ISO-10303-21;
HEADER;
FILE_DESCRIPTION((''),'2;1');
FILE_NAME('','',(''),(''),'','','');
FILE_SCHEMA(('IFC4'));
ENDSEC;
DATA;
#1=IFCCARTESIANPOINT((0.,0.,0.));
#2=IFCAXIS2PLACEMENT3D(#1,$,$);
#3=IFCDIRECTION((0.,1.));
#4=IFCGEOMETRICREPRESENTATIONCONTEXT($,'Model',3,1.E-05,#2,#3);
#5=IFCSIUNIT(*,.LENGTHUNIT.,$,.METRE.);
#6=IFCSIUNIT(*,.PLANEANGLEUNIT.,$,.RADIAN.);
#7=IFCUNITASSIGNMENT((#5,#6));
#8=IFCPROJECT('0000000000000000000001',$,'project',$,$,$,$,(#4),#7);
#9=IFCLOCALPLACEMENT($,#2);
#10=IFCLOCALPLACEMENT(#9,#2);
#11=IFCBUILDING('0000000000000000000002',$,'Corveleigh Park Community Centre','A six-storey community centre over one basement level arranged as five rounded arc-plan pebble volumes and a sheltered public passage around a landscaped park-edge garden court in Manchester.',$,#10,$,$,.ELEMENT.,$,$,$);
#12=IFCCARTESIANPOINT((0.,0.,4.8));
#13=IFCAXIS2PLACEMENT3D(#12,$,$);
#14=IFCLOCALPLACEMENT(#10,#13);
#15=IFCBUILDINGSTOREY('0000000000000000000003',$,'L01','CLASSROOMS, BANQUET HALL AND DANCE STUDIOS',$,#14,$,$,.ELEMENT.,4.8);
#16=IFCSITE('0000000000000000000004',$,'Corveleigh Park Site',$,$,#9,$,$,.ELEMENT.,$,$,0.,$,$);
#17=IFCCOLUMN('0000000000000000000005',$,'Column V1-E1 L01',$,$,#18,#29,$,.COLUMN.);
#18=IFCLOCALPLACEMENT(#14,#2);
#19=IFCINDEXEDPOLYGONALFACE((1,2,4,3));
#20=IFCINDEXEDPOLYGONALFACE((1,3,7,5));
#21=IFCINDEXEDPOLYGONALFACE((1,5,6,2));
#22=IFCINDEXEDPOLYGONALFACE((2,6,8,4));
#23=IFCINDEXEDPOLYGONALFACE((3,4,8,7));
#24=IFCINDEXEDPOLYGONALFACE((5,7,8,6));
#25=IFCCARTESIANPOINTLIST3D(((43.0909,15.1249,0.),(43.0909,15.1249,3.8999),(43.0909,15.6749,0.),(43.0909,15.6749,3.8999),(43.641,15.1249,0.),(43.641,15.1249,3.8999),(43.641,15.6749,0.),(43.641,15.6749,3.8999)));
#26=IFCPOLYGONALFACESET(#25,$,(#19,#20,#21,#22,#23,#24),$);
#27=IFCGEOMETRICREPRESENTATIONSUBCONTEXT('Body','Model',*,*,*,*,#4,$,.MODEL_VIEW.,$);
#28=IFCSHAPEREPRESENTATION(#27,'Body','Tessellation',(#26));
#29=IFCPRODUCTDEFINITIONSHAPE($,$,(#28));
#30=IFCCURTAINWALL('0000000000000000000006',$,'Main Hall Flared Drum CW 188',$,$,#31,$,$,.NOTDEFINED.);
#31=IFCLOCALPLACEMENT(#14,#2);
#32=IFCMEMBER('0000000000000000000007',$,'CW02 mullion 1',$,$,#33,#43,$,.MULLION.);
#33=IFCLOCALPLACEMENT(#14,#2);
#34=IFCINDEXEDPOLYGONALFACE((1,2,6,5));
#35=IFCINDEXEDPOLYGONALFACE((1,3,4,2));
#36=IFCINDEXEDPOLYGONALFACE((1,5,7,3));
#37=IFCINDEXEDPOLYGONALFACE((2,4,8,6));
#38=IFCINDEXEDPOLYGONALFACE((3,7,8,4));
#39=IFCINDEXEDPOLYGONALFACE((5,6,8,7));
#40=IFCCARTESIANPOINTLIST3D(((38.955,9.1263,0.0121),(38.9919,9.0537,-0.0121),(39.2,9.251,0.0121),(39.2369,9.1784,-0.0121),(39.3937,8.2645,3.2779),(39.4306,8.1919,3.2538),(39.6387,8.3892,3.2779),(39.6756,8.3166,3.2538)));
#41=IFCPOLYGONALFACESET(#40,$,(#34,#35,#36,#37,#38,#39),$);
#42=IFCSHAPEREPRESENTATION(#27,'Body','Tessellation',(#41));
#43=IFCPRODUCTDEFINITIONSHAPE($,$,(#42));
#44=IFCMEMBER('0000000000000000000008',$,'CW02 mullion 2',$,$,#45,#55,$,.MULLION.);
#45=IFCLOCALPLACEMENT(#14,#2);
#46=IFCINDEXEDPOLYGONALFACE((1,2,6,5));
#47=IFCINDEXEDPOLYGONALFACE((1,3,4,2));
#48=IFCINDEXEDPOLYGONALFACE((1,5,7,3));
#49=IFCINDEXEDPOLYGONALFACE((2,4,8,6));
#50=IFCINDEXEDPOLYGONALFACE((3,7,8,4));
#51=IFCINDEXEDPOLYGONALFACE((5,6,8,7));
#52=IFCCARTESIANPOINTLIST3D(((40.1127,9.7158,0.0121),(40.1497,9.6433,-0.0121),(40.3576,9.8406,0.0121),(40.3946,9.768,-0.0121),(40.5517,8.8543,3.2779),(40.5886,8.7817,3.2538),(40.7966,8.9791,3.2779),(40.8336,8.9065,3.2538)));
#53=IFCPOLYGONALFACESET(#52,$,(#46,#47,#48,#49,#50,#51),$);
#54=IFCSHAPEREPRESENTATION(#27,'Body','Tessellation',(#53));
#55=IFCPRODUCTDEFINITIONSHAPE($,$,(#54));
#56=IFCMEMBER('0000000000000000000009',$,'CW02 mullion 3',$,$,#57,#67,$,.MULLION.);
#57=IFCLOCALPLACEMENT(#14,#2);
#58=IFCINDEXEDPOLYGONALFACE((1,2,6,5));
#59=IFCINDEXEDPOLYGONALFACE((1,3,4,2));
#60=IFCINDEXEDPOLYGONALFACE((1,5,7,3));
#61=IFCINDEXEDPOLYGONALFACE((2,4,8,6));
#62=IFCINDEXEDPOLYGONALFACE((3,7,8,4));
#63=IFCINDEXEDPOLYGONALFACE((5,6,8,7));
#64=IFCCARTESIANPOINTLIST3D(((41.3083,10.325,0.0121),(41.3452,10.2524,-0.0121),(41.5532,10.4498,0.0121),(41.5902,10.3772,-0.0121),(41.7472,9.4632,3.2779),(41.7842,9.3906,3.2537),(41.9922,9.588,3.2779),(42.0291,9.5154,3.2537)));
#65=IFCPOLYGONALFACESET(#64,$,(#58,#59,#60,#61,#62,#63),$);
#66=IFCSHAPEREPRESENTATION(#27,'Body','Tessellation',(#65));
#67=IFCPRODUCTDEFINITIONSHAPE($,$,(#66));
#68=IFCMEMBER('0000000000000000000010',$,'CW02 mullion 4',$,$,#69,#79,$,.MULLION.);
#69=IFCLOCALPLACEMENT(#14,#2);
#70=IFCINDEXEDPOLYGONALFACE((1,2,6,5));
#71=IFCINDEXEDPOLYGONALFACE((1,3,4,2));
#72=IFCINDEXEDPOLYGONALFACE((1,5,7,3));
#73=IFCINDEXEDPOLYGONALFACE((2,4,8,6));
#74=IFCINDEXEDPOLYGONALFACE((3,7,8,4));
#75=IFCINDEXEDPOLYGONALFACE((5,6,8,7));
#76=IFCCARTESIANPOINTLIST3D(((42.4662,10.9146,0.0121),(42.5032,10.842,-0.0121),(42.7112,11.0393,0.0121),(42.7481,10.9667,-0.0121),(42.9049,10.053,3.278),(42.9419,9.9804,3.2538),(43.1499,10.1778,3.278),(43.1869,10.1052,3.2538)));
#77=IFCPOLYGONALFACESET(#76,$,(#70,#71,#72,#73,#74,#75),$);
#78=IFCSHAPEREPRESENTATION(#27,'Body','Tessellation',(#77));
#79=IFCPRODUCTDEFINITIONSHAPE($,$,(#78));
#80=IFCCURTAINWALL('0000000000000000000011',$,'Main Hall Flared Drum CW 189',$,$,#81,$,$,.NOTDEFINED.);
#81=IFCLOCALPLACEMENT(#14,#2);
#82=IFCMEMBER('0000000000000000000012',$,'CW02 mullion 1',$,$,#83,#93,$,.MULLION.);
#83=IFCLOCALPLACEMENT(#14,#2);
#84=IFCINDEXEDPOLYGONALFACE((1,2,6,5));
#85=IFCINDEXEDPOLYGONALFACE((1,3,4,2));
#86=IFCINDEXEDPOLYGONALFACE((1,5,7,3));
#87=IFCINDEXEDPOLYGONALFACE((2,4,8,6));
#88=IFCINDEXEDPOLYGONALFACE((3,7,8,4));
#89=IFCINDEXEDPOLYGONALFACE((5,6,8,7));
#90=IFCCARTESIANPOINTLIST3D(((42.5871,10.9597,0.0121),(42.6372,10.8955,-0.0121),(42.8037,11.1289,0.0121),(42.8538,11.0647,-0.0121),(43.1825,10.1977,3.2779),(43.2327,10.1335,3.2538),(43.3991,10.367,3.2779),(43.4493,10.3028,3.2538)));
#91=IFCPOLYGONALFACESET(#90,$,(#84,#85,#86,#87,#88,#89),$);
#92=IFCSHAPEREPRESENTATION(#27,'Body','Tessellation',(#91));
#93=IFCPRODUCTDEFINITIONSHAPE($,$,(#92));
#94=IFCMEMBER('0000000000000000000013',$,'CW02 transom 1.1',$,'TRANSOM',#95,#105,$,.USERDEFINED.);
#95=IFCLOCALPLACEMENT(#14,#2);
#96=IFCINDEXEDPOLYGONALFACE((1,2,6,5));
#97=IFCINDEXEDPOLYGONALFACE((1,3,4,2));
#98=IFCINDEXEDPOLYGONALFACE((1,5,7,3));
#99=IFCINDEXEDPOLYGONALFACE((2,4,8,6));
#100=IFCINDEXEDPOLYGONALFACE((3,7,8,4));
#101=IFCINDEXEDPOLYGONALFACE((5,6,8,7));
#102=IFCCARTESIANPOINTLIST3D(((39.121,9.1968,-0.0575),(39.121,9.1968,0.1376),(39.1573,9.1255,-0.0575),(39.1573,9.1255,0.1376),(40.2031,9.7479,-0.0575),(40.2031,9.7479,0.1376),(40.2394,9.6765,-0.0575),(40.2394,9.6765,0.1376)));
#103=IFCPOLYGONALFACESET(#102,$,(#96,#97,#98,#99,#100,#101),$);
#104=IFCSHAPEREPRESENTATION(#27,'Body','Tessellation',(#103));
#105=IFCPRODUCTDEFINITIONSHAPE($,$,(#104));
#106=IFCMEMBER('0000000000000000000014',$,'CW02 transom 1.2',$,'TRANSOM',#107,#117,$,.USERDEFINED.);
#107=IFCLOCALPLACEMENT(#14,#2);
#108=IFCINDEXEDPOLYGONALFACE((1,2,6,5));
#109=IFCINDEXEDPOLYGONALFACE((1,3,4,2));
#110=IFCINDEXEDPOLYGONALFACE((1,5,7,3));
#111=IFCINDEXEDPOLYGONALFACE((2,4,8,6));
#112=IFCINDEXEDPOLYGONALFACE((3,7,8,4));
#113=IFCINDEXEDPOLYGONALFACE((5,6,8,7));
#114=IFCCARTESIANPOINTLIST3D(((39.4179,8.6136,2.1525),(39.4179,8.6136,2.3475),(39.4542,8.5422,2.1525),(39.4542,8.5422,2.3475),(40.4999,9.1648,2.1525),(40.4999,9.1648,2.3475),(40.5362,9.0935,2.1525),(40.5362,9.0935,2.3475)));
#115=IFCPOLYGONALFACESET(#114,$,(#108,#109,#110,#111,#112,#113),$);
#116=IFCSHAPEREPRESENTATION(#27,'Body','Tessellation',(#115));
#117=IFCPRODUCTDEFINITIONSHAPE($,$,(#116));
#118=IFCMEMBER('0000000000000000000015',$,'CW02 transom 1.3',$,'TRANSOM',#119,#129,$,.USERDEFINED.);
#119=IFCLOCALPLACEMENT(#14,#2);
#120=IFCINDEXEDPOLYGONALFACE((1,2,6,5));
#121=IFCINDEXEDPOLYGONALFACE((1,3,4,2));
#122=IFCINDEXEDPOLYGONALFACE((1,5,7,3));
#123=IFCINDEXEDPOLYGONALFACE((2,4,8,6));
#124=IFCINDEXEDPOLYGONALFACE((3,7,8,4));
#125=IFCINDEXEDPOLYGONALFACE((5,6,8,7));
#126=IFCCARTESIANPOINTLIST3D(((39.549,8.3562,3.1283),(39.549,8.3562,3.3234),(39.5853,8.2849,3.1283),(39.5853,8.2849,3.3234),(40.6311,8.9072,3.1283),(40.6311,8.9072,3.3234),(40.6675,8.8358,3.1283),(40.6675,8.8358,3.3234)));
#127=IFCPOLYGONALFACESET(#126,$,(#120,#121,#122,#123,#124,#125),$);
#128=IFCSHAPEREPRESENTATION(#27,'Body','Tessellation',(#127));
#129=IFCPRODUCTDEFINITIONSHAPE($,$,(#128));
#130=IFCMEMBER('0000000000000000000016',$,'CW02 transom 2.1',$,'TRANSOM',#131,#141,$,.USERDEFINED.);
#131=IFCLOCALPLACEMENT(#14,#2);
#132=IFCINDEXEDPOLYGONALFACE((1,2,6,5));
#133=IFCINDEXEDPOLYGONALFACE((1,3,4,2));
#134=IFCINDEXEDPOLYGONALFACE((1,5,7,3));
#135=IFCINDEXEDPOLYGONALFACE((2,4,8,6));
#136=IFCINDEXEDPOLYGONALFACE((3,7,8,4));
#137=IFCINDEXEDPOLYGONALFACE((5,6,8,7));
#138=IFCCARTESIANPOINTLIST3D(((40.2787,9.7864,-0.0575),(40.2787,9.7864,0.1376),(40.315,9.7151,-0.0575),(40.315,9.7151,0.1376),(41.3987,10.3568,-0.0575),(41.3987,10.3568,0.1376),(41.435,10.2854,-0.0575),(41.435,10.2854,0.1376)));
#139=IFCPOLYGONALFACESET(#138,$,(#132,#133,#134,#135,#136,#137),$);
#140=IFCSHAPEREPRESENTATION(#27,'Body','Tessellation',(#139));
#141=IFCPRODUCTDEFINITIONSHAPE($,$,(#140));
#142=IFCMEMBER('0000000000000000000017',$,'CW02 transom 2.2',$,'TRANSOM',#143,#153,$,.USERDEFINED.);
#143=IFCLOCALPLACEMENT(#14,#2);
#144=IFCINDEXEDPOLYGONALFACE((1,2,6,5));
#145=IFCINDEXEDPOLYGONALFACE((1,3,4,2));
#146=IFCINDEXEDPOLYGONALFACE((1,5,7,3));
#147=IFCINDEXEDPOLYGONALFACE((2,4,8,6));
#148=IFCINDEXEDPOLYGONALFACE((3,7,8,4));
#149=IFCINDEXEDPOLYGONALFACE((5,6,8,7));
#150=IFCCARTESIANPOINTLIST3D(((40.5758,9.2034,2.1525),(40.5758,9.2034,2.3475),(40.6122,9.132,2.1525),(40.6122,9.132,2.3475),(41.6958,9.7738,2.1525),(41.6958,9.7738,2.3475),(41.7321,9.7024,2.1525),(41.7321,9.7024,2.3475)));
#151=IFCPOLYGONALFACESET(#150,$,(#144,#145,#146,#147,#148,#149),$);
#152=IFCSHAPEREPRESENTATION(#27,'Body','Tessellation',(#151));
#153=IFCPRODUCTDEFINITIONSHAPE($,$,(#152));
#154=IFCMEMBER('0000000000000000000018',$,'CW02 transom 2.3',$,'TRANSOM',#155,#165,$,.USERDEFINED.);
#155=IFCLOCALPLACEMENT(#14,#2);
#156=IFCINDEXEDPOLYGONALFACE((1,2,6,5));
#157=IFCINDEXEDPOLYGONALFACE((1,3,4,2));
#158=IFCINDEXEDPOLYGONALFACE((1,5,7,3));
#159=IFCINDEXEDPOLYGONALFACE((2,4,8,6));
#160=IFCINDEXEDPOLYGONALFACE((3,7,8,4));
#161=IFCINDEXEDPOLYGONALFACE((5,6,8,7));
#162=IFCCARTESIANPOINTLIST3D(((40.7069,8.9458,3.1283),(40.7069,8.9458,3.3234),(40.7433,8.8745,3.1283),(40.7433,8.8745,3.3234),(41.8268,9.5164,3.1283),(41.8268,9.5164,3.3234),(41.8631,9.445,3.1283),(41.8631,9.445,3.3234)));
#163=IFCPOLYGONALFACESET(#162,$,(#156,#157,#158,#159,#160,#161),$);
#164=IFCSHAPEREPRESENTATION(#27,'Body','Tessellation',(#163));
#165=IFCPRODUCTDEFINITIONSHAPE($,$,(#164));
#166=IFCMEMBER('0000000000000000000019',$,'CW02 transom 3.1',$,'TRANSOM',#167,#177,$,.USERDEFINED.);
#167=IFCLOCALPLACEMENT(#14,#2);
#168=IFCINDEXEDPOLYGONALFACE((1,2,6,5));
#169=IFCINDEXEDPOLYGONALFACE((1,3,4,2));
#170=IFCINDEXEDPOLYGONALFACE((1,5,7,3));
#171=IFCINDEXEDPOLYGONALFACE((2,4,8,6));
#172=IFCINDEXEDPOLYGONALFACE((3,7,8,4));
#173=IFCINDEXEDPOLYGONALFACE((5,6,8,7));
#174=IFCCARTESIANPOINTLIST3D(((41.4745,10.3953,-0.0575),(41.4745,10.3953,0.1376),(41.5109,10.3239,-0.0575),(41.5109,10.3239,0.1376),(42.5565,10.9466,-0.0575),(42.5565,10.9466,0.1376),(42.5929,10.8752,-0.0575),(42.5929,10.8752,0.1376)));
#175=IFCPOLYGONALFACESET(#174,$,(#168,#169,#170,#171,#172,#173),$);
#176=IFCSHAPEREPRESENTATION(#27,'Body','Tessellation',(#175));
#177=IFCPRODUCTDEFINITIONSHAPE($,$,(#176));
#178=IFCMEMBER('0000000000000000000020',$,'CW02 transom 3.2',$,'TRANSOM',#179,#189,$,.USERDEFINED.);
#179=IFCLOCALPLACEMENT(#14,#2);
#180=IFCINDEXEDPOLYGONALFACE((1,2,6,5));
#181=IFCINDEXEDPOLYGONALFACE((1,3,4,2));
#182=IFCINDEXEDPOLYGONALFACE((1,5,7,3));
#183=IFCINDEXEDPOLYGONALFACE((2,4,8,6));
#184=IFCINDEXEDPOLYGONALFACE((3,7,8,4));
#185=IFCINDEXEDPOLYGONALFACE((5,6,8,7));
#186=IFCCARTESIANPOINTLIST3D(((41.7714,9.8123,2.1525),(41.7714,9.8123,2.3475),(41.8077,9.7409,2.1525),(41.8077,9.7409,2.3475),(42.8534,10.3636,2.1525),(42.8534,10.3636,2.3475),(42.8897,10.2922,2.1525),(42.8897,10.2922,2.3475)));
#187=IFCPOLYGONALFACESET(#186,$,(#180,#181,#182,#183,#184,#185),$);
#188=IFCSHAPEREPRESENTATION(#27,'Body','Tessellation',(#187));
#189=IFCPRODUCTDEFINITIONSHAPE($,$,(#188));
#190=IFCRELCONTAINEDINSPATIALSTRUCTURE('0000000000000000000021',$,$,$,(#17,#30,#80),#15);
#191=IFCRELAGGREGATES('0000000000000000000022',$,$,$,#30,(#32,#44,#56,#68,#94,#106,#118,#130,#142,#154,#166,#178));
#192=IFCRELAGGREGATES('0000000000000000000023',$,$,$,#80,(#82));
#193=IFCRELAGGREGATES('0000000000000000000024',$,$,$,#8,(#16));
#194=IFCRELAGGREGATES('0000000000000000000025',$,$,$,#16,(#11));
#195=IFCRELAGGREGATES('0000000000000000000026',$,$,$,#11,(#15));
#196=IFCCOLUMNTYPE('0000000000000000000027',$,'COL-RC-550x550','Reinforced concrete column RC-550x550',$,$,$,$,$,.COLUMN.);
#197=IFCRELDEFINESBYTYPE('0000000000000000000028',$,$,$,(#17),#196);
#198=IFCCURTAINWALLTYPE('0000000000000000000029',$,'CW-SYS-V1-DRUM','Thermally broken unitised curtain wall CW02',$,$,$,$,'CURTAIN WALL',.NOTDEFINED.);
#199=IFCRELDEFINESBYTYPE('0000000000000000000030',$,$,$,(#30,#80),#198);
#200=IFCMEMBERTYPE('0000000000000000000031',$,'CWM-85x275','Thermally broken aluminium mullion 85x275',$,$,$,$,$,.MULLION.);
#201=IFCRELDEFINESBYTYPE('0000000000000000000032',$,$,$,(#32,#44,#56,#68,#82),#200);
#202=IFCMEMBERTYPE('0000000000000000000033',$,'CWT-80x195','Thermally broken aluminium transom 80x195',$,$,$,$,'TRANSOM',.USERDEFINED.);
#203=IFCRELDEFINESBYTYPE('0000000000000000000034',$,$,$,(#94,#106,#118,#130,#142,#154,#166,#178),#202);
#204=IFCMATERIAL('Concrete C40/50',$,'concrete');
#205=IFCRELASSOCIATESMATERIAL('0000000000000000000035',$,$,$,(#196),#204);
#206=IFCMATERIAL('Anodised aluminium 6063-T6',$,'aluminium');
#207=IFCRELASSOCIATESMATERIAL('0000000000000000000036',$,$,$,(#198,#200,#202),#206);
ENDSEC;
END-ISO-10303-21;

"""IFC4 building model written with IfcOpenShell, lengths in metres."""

from ifc_helpers import new_model, si_unit, direction, frame, origin, origin_2d, place, context, subcontext, project, spatial, rectangle, extrude, material, material_profile, profile_set, type_object, element, aggregate, save


model = new_model("IFC4")

# Units and contexts
model_context = context("Model", 3, precision=1e-05, world=origin(), true_north=direction((0.0, 1.0)))
body_context = subcontext(model_context, "Body", "Model", "MODEL_VIEW")
ifc_project = project(units=[si_unit("LENGTHUNIT", "METRE"), si_unit("PLANEANGLEUNIT", "RADIAN")], contexts=[model_context])

# Site, building, storey
site_placement = place(None, origin())
site = spatial("IfcSite", under=ifc_project, at=site_placement, Name="Corveleigh Park Site", CompositionType="ELEMENT", RefElevation=0.0)
building_placement = place(site_placement, origin())
building = spatial("IfcBuilding", under=site, at=building_placement, Name="Corveleigh Park Community Centre", Description="A six-storey community centre over one basement level arranged as five rounded arc-plan pebble volumes and a sheltered public passage around a landscaped park-edge garden court in Manchester.", CompositionType="ELEMENT")
storey_placement = place(building_placement, frame((0.0, 0.0, 4.8)))
storey = spatial("IfcBuildingStorey", under=building, at=storey_placement, Name="L01", Description="CLASSROOMS, BANQUET HALL AND DANCE STUDIOS", CompositionType="ELEMENT", Elevation=4.8)

# Column
ifc_material_1 = material(Name="Concrete C40/50", Category="concrete")
ifc_material_profile_1 = material_profile(ifc_material_1, rectangle(XDim=0.55, YDim=0.55, at=origin_2d()), Name="RC-550x550", Category="concrete")
ifc_profile_set_1 = profile_set([ifc_material_profile_1], Name="Concrete C40/50")
column_type = type_object("IfcColumnType", Name="COL-RC-550x550", Description="Reinforced concrete column RC-550x550", PredefinedType="COLUMN", material=ifc_profile_set_1)
column_placement = place(storey_placement, frame((43.366, 15.3999, 0.0), z_axis=(0.0, 0.0, 1.0), x_axis=(1.0, 0.0, 0.0)))
element("IfcColumn", 1, at=column_placement, inside=storey, type_object=column_type, Name="Column V1-E1 L01", PredefinedType="COLUMN", context=body_context, shape_type="SweptSolid", body=[
    extrude(rectangle(XDim=0.55, YDim=0.55, at=origin_2d()), origin(), (0.0, 0.0, 1.0), 3.8999),
])

# Curtain wall, members
ifc_material_2 = material(Name="Anodised aluminium 6063-T6", Category="aluminium")
curtain_wall_type = type_object("IfcCurtainWallType", Name="CW-SYS-V1-DRUM", Description="Thermally broken unitised curtain wall CW02", ElementType="CURTAIN WALL", PredefinedType="NOTDEFINED", material=ifc_material_2)
curtain_wall_1_placement = place(storey_placement, origin())
curtain_wall_1 = element("IfcCurtainWall", 2, at=curtain_wall_1_placement, inside=storey, type_object=curtain_wall_type, Name="Main Hall Flared Drum CW 188", PredefinedType="NOTDEFINED")
ifc_material_profile_2 = material_profile(ifc_material_2, rectangle(XDim=0.085, YDim=0.2749, at=origin_2d()), Name="ALU-M85x275", Category="aluminium")
ifc_profile_set_2 = profile_set([ifc_material_profile_2], Name="Anodised aluminium 6063-T6")
member_type_1 = type_object("IfcMemberType", Name="CWM-85x275", Description="Thermally broken aluminium mullion 85x275", PredefinedType="MULLION", material=ifc_profile_set_2)
member_1_placement = place(storey_placement, frame((39.0959, 9.1523, 0.0), z_axis=(0.128807, -0.253026, 0.958847), x_axis=(-0.434995, 0.854498, 0.283925)))
member_1 = element("IfcMember", 3, at=member_1_placement, type_object=member_type_1, Name="CW02 mullion 1", PredefinedType="MULLION", context=body_context, shape_type="SweptSolid", body=[
    extrude(rectangle(XDim=0.085, YDim=0.2749, at=origin_2d()), origin(), (0.0, 0.0, 1.0), 3.406),
])
member_2_placement = place(storey_placement, frame((40.2537, 9.7419, 0.0), z_axis=(0.12888, -0.252957, 0.958855), x_axis=(-0.435289, 0.854357, 0.283896)))
member_2 = element("IfcMember", 4, at=member_2_placement, type_object=member_type_1, Name="CW02 mullion 2", PredefinedType="MULLION", context=body_context, shape_type="SweptSolid", body=[
    extrude(rectangle(XDim=0.085, YDim=0.2749, at=origin_2d()), origin(), (0.0, 0.0, 1.0), 3.406),
])
member_3_placement = place(storey_placement, frame((41.4492, 10.3511, 0.0), z_axis=(0.128877, -0.253024, 0.958838), x_axis=(-0.435183, 0.854392, 0.283955)))
member_3 = element("IfcMember", 5, at=member_3_placement, type_object=member_type_1, Name="CW02 mullion 3", PredefinedType="MULLION", context=body_context, shape_type="SweptSolid", body=[
    extrude(rectangle(XDim=0.085, YDim=0.2749, at=origin_2d()), origin(), (0.0, 0.0, 1.0), 3.406),
])
member_4_placement = place(storey_placement, frame((42.6072, 10.9407, 0.0), z_axis=(0.128809, -0.252959, 0.958864), x_axis=(-0.435101, 0.854463, 0.283866)))
member_4 = element("IfcMember", 6, at=member_4_placement, type_object=member_type_1, Name="CW02 mullion 4", PredefinedType="MULLION", context=body_context, shape_type="SweptSolid", body=[
    extrude(rectangle(XDim=0.085, YDim=0.2749, at=origin_2d()), origin(), (0.0, 0.0, 1.0), 3.406),
])

# Curtain wall, member
curtain_wall_2_placement = place(storey_placement, origin())
curtain_wall_2 = element("IfcCurtainWall", 7, at=curtain_wall_2_placement, inside=storey, type_object=curtain_wall_type, Name="Main Hall Flared Drum CW 189", PredefinedType="NOTDEFINED")
member_5_placement = place(storey_placement, frame((42.7205, 11.0122, 0.0), z_axis=(0.174825, -0.22371, 0.958848), x_axis=(-0.590417, 0.755511, 0.283919)))
member_5 = element("IfcMember", 8, at=member_5_placement, type_object=member_type_1, Name="CW02 mullion 1", PredefinedType="MULLION", context=body_context, shape_type="SweptSolid", body=[
    extrude(rectangle(XDim=0.085, YDim=0.2749, at=origin_2d()), origin(), (0.0, 0.0, 1.0), 3.406),
])

# Members
ifc_material_profile_3 = material_profile(ifc_material_2, rectangle(XDim=0.0801, YDim=0.1951, at=origin_2d()), Name="ALU-T80x195", Category="aluminium")
ifc_profile_set_3 = profile_set([ifc_material_profile_3], Name="Anodised aluminium 6063-T6")
member_type_2 = type_object("IfcMemberType", Name="CWT-80x195", Description="Thermally broken aluminium transom 80x195", ElementType="TRANSOM", PredefinedType="USERDEFINED", material=ifc_profile_set_3)
member_6_placement = place(storey_placement, frame((39.1392, 9.1611, 0.04), z_axis=(0.891105, 0.453796, 0.0), x_axis=(-0.453796, 0.891105, 0.0)))
member_6 = element("IfcMember", 9, at=member_6_placement, type_object=member_type_2, Name="CW02 transom 1.1", ObjectType="TRANSOM", PredefinedType="USERDEFINED", context=body_context, shape_type="SweptSolid", body=[
    extrude(rectangle(XDim=0.0801, YDim=0.1951, at=origin_2d()), origin(), (0.0, 0.0, 1.0), 1.2144),
])
member_7_placement = place(storey_placement, frame((39.436, 8.5779, 2.25), z_axis=(0.891024, 0.453956, 0.0), x_axis=(-0.453956, 0.891024, 0.0)))
member_7 = element("IfcMember", 10, at=member_7_placement, type_object=member_type_2, Name="CW02 transom 1.2", ObjectType="TRANSOM", PredefinedType="USERDEFINED", context=body_context, shape_type="SweptSolid", body=[
    extrude(rectangle(XDim=0.0801, YDim=0.1951, at=origin_2d()), origin(), (0.0, 0.0, 1.0), 1.2144),
])
member_8_placement = place(storey_placement, frame((39.5671, 8.3206, 3.2258), z_axis=(0.891147, 0.453715, 0.0), x_axis=(-0.453715, 0.891147, 0.0)))
member_8 = element("IfcMember", 11, at=member_8_placement, type_object=member_type_2, Name="CW02 transom 1.3", ObjectType="TRANSOM", PredefinedType="USERDEFINED", context=body_context, shape_type="SweptSolid", body=[
    extrude(rectangle(XDim=0.0801, YDim=0.1951, at=origin_2d()), origin(), (0.0, 0.0, 1.0), 1.2144),
])
member_9_placement = place(storey_placement, frame((40.2969, 9.7507, 0.04), z_axis=(0.8911, 0.453806, 0.0), x_axis=(-0.453806, 0.8911, 0.0)))
member_9 = element("IfcMember", 12, at=member_9_placement, type_object=member_type_2, Name="CW02 transom 2.1", ObjectType="TRANSOM", PredefinedType="USERDEFINED", context=body_context, shape_type="SweptSolid", body=[
    extrude(rectangle(XDim=0.0801, YDim=0.1951, at=origin_2d()), origin(), (0.0, 0.0, 1.0), 1.2568),
])
member_10_placement = place(storey_placement, frame((40.594, 9.1677, 2.25), z_axis=(0.8911, 0.453806, 0.0), x_axis=(-0.453806, 0.8911, 0.0)))
member_10 = element("IfcMember", 13, at=member_10_placement, type_object=member_type_2, Name="CW02 transom 2.2", ObjectType="TRANSOM", PredefinedType="USERDEFINED", context=body_context, shape_type="SweptSolid", body=[
    extrude(rectangle(XDim=0.0801, YDim=0.1951, at=origin_2d()), origin(), (0.0, 0.0, 1.0), 1.2568),
])
member_11_placement = place(storey_placement, frame((40.7251, 8.9102, 3.2258), z_axis=(0.891022, 0.453961, 0.0), x_axis=(-0.453961, 0.891022, 0.0)))
member_11 = element("IfcMember", 14, at=member_11_placement, type_object=member_type_2, Name="CW02 transom 2.3", ObjectType="TRANSOM", PredefinedType="USERDEFINED", context=body_context, shape_type="SweptSolid", body=[
    extrude(rectangle(XDim=0.0801, YDim=0.1951, at=origin_2d()), origin(), (0.0, 0.0, 1.0), 1.2568),
])
member_12_placement = place(storey_placement, frame((41.4927, 10.3596, 0.04), z_axis=(0.891024, 0.453956, 0.0), x_axis=(-0.453956, 0.891024, 0.0)))
member_12 = element("IfcMember", 15, at=member_12_placement, type_object=member_type_2, Name="CW02 transom 3.1", ObjectType="TRANSOM", PredefinedType="USERDEFINED", context=body_context, shape_type="SweptSolid", body=[
    extrude(rectangle(XDim=0.0801, YDim=0.1951, at=origin_2d()), origin(), (0.0, 0.0, 1.0), 1.2144),
])
member_13_placement = place(storey_placement, frame((41.7896, 9.7766, 2.25), z_axis=(0.891024, 0.453956, 0.0), x_axis=(-0.453956, 0.891024, 0.0)))
member_13 = element("IfcMember", 16, at=member_13_placement, type_object=member_type_2, Name="CW02 transom 3.2", ObjectType="TRANSOM", PredefinedType="USERDEFINED", context=body_context, shape_type="SweptSolid", body=[
    extrude(rectangle(XDim=0.0801, YDim=0.1951, at=origin_2d()), origin(), (0.0, 0.0, 1.0), 1.2144),
])

aggregate(curtain_wall_1, [member_1, member_2, member_3, member_4, member_6, member_7, member_8, member_9, member_10, member_11, member_12, member_13])
aggregate(curtain_wall_2, [member_5])

save(model, "model.ifc")
